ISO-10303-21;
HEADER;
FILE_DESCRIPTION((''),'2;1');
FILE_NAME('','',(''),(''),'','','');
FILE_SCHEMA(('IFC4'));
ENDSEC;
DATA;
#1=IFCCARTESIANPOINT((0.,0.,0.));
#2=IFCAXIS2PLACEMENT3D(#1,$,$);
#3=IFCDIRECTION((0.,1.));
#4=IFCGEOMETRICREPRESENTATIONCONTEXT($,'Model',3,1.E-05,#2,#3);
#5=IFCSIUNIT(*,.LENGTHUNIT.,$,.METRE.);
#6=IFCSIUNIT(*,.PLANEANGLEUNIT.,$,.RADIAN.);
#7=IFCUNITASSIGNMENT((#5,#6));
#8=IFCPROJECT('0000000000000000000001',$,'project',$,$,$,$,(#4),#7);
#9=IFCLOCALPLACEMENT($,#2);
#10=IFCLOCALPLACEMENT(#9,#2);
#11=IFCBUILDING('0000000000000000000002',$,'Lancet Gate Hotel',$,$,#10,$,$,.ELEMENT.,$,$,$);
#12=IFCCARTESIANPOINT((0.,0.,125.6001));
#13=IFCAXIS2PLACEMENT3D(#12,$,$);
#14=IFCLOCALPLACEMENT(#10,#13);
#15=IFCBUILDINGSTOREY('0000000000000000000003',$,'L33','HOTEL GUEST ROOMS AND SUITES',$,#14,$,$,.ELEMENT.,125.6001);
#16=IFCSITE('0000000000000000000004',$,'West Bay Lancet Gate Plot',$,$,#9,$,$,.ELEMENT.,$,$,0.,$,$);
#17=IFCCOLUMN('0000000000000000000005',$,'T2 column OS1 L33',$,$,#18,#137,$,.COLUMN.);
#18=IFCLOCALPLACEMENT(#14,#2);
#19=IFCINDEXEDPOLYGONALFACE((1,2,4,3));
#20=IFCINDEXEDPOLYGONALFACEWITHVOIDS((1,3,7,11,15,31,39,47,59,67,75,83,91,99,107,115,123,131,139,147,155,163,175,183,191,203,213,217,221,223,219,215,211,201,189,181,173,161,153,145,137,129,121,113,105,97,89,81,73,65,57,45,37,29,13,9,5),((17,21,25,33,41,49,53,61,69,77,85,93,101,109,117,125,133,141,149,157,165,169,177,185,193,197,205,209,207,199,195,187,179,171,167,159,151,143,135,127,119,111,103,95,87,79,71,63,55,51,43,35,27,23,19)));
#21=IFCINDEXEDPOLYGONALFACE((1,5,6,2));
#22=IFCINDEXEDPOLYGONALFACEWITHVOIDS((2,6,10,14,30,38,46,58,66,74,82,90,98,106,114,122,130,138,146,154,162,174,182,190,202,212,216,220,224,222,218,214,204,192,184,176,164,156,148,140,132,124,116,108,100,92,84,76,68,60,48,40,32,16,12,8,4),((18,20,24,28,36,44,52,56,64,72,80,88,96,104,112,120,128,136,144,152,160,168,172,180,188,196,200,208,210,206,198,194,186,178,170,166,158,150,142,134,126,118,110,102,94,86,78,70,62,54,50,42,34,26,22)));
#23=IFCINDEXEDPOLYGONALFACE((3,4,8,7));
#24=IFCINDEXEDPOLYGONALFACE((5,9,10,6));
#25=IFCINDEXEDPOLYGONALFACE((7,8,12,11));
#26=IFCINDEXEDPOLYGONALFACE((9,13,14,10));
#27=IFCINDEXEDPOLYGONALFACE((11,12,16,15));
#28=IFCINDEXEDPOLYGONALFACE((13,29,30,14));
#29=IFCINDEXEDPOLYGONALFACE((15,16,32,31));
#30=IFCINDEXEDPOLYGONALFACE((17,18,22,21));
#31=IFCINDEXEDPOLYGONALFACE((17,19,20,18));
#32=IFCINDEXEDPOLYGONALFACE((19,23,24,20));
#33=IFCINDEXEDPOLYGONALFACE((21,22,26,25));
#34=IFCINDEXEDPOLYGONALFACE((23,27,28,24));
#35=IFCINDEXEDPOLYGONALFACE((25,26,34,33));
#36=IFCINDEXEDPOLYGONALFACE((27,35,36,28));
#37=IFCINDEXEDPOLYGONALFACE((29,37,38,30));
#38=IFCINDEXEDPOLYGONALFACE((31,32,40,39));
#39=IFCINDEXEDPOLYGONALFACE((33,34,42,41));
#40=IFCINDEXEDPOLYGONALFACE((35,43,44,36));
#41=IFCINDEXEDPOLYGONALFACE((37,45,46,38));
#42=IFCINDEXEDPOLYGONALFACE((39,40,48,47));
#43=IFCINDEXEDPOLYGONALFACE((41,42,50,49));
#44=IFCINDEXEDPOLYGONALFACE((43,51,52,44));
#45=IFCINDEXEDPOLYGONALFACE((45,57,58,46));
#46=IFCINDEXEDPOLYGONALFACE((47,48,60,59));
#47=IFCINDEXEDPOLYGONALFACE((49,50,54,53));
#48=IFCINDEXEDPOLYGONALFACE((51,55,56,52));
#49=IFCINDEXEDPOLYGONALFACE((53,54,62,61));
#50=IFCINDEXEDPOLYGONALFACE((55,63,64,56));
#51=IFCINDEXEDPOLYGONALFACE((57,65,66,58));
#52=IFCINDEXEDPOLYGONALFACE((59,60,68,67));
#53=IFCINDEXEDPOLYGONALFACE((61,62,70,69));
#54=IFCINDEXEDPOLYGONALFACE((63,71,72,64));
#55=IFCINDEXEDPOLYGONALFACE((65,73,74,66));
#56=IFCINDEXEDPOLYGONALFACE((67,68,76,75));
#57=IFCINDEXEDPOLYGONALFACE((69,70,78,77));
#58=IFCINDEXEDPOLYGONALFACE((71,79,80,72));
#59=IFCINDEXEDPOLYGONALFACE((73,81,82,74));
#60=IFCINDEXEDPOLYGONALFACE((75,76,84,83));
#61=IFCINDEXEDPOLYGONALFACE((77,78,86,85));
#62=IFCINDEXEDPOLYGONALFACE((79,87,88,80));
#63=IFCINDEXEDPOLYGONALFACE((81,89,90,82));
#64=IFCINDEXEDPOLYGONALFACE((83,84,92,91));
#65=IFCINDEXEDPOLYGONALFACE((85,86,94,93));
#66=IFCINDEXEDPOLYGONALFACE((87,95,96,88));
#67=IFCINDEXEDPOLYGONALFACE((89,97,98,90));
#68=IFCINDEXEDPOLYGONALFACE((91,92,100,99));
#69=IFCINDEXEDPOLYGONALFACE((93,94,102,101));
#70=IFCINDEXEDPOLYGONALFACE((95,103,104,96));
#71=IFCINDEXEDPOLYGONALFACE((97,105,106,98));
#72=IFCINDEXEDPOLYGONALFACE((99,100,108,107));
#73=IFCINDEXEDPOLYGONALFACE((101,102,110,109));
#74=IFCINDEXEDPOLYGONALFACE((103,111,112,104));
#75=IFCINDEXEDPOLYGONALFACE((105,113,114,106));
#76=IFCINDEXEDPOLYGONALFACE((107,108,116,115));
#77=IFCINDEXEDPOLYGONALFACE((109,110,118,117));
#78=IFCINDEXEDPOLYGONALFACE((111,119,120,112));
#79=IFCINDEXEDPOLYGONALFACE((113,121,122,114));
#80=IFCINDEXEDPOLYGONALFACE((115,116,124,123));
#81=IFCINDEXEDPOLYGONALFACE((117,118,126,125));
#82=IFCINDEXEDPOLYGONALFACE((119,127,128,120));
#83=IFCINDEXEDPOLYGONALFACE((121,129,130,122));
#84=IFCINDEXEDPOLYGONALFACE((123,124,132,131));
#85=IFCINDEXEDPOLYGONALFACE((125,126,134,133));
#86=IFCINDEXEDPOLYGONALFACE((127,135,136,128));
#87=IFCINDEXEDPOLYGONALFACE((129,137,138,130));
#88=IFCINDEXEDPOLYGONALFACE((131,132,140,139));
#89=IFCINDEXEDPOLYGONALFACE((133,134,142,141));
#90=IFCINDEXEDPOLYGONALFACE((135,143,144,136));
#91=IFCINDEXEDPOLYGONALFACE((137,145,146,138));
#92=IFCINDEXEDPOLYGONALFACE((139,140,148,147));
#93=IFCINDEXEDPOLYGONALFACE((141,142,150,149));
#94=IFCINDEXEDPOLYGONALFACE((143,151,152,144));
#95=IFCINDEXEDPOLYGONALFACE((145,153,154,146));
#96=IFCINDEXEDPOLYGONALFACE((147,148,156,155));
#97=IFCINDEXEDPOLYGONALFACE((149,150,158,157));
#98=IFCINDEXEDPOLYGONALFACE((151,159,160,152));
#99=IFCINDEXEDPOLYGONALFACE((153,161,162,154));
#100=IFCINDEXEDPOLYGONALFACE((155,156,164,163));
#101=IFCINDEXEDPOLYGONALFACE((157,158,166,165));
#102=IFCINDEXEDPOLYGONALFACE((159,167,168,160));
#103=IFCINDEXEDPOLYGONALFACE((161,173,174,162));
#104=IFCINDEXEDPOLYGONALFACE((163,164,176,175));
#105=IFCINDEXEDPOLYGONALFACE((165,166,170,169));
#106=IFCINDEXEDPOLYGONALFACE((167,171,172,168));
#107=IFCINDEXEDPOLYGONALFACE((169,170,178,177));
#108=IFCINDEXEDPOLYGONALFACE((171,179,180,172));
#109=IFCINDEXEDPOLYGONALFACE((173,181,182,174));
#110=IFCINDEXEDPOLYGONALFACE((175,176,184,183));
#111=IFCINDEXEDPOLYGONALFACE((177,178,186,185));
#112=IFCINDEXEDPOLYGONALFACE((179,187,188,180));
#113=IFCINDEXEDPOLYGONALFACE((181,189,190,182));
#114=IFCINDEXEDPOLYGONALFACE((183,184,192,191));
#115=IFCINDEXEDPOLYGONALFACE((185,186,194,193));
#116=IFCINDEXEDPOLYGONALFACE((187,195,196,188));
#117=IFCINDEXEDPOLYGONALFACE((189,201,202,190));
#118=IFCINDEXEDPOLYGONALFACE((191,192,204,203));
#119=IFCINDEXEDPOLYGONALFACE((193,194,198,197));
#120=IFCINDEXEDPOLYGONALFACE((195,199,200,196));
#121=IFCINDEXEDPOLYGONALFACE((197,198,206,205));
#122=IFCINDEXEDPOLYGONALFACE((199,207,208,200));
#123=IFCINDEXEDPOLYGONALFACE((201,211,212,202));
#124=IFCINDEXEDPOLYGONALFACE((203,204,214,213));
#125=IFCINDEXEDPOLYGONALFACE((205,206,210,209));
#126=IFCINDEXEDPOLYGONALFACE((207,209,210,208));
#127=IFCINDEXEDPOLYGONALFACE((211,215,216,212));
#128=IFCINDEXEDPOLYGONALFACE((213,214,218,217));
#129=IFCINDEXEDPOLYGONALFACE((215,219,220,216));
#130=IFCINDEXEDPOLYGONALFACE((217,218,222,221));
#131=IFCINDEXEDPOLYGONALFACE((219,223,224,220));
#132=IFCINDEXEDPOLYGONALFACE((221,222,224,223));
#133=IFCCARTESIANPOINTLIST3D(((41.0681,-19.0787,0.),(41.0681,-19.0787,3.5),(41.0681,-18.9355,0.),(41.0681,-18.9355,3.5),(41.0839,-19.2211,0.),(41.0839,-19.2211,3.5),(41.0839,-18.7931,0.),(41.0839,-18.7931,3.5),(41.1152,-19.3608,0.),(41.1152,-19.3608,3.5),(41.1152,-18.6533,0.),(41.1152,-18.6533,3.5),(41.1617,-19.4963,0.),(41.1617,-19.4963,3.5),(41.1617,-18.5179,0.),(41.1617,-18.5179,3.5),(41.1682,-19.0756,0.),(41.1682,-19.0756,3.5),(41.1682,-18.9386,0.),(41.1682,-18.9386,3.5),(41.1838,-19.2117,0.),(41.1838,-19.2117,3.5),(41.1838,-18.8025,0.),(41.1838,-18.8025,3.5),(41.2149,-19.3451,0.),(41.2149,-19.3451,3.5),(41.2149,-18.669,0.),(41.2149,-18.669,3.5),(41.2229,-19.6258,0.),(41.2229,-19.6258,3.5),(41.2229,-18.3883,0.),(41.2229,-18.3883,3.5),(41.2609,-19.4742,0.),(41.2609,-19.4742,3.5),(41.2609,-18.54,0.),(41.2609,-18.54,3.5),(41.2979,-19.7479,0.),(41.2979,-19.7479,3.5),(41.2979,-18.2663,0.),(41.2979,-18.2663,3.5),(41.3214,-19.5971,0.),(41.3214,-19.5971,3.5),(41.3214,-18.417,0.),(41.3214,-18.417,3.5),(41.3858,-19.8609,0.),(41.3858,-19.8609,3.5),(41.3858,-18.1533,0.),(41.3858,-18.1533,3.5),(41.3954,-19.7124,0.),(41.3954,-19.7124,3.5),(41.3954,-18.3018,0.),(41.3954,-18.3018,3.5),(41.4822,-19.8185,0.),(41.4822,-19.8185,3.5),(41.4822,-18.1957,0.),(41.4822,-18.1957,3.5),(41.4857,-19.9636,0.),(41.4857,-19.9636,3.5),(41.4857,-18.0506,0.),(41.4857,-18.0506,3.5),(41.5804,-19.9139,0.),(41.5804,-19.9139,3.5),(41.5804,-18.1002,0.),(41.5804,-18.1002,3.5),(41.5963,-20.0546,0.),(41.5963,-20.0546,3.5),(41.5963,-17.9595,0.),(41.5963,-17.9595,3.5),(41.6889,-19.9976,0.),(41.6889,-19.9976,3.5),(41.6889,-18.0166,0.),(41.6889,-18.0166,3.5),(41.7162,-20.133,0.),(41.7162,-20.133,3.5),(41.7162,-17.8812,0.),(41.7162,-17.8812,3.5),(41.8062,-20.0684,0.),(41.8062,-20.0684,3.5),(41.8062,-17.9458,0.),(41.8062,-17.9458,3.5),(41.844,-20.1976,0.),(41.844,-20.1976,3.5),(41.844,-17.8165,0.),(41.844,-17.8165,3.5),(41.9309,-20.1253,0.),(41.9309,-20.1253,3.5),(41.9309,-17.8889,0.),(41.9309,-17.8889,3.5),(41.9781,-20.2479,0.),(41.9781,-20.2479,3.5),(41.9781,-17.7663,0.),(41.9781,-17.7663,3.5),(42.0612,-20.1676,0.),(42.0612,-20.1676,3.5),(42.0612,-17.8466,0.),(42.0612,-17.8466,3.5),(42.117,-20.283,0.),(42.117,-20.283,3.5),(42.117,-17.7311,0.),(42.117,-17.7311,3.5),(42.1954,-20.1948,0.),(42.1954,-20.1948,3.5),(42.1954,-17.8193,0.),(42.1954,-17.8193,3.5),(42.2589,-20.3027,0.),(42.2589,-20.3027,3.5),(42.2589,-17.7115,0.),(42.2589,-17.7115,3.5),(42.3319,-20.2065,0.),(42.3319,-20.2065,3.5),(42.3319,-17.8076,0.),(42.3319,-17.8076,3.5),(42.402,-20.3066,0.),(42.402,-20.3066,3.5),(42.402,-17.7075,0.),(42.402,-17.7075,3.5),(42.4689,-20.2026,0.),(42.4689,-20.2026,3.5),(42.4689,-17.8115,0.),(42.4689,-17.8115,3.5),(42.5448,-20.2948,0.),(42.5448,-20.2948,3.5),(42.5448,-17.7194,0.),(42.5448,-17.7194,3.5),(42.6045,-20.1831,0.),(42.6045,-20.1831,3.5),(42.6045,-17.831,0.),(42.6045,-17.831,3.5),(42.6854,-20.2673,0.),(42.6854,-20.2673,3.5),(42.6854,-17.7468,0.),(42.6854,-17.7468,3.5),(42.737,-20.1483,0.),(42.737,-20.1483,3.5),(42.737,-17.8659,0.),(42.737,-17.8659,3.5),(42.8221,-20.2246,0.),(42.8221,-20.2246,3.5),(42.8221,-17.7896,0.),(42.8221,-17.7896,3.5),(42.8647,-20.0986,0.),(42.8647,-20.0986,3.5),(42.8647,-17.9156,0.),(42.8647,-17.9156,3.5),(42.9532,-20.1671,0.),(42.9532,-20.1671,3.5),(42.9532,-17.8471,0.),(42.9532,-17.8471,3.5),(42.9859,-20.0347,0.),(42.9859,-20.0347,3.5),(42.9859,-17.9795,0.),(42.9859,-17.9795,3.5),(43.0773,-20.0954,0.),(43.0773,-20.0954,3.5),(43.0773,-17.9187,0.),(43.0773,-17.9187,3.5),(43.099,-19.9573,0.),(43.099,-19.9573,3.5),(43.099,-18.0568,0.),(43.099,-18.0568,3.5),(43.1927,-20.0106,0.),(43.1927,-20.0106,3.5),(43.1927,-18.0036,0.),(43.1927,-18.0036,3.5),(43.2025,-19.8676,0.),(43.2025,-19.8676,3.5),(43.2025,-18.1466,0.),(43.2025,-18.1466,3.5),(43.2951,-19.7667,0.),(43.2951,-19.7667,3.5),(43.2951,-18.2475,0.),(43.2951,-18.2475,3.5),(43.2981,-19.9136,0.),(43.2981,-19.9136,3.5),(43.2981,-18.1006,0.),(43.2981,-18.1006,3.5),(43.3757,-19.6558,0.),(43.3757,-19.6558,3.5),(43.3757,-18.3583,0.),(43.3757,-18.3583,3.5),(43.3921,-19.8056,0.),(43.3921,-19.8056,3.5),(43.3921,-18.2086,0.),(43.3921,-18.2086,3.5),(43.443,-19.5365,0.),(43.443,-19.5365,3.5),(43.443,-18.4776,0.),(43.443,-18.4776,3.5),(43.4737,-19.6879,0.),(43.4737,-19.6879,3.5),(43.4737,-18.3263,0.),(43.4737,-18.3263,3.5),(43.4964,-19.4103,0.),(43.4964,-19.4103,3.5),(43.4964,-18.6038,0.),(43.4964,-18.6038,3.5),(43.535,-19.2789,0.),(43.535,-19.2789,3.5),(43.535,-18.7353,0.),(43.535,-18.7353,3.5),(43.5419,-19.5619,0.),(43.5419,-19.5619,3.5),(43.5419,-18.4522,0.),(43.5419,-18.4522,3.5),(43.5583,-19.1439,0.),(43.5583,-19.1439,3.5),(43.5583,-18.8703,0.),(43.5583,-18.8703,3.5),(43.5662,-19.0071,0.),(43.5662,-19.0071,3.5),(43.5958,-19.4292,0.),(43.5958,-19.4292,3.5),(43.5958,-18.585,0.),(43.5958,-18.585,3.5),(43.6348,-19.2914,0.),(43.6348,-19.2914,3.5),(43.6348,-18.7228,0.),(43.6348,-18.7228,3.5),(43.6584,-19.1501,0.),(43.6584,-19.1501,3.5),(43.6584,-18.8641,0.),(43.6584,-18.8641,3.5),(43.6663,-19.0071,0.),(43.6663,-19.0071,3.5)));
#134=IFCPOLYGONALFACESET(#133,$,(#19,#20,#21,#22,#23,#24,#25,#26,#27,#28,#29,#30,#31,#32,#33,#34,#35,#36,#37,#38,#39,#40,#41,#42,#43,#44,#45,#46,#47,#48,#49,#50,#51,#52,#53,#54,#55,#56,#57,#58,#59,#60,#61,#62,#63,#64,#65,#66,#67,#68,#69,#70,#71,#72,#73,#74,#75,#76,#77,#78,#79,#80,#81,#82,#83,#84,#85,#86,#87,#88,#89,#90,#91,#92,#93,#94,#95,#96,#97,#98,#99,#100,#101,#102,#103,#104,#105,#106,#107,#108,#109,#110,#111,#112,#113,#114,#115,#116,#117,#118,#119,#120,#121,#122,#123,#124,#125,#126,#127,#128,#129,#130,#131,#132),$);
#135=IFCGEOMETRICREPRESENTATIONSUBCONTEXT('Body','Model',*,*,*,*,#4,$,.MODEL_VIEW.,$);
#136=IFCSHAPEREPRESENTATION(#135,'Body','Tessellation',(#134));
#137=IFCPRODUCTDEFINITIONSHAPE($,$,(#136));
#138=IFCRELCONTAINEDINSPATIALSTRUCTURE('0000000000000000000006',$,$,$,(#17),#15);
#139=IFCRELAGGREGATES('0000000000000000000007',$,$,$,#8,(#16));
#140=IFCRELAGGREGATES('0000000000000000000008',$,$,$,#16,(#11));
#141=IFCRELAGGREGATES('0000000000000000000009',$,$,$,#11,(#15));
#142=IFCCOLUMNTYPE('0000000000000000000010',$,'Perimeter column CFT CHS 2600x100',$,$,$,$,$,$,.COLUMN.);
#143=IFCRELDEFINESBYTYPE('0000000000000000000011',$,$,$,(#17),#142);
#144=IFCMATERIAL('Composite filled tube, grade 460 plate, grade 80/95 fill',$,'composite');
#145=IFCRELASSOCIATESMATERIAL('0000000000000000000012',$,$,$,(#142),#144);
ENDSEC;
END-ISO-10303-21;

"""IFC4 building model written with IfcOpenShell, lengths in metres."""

from ifc_helpers import new_model, si_unit, direction, frame, origin, origin_2d, place, context, subcontext, project, spatial, hollow_circle, extrude, material, material_profile, profile_set, type_object, element, save


model = new_model("IFC4")

# Units and contexts
model_context = context("Model", 3, precision=1e-05, world=origin(), true_north=direction((0.0, 1.0)))
body_context = subcontext(model_context, "Body", "Model", "MODEL_VIEW")
ifc_project = project(units=[si_unit("LENGTHUNIT", "METRE"), si_unit("PLANEANGLEUNIT", "RADIAN")], contexts=[model_context])

# Site, building, storey
site_placement = place(None, origin())
site = spatial("IfcSite", under=ifc_project, at=site_placement, Name="West Bay Lancet Gate Plot", CompositionType="ELEMENT", RefElevation=0.0)
building_placement = place(site_placement, origin())
building = spatial("IfcBuilding", under=site, at=building_placement, Name="Lancet Gate Hotel", CompositionType="ELEMENT")
storey_placement = place(building_placement, frame((0.0, 0.0, 125.6001)))
storey = spatial("IfcBuildingStorey", under=building, at=storey_placement, Name="L33", Description="HOTEL GUEST ROOMS AND SUITES", CompositionType="ELEMENT", Elevation=125.6001)

# Column
ifc_material_1 = material(Name="Composite filled tube, grade 460 plate, grade 80/95 fill", Category="composite")
ifc_material_profile_1 = material_profile(ifc_material_1, hollow_circle(Radius=1.3, WallThickness=0.1001, at=origin_2d()), Name="CHS 2600x100")
ifc_profile_set_1 = profile_set([ifc_material_profile_1], Name="Composite filled tube, grade 460 plate, grade 80/95 fill")
column_type = type_object("IfcColumnType", Name="Perimeter column CFT CHS 2600x100", PredefinedType="COLUMN", material=ifc_profile_set_1)
for number, where, z_axis, x_axis, name in (
    (1, (42.3662, -19.0071, 0.0), (0.0, 0.0, 1.0), (1.0, 0.0, 0.0), "T2 column OS1 L33"),
):
    element("IfcColumn", number, at=place(storey_placement, frame(where, z_axis=z_axis, x_axis=x_axis)), inside=storey, type_object=column_type, Name=name, PredefinedType="COLUMN", context=body_context, shape_type="SweptSolid", body=[
        extrude(hollow_circle(Radius=1.3, WallThickness=0.1001, at=origin_2d()), origin(), (0.0, 0.0, 1.0), 3.5),
    ])

save(model, "model.ifc")
